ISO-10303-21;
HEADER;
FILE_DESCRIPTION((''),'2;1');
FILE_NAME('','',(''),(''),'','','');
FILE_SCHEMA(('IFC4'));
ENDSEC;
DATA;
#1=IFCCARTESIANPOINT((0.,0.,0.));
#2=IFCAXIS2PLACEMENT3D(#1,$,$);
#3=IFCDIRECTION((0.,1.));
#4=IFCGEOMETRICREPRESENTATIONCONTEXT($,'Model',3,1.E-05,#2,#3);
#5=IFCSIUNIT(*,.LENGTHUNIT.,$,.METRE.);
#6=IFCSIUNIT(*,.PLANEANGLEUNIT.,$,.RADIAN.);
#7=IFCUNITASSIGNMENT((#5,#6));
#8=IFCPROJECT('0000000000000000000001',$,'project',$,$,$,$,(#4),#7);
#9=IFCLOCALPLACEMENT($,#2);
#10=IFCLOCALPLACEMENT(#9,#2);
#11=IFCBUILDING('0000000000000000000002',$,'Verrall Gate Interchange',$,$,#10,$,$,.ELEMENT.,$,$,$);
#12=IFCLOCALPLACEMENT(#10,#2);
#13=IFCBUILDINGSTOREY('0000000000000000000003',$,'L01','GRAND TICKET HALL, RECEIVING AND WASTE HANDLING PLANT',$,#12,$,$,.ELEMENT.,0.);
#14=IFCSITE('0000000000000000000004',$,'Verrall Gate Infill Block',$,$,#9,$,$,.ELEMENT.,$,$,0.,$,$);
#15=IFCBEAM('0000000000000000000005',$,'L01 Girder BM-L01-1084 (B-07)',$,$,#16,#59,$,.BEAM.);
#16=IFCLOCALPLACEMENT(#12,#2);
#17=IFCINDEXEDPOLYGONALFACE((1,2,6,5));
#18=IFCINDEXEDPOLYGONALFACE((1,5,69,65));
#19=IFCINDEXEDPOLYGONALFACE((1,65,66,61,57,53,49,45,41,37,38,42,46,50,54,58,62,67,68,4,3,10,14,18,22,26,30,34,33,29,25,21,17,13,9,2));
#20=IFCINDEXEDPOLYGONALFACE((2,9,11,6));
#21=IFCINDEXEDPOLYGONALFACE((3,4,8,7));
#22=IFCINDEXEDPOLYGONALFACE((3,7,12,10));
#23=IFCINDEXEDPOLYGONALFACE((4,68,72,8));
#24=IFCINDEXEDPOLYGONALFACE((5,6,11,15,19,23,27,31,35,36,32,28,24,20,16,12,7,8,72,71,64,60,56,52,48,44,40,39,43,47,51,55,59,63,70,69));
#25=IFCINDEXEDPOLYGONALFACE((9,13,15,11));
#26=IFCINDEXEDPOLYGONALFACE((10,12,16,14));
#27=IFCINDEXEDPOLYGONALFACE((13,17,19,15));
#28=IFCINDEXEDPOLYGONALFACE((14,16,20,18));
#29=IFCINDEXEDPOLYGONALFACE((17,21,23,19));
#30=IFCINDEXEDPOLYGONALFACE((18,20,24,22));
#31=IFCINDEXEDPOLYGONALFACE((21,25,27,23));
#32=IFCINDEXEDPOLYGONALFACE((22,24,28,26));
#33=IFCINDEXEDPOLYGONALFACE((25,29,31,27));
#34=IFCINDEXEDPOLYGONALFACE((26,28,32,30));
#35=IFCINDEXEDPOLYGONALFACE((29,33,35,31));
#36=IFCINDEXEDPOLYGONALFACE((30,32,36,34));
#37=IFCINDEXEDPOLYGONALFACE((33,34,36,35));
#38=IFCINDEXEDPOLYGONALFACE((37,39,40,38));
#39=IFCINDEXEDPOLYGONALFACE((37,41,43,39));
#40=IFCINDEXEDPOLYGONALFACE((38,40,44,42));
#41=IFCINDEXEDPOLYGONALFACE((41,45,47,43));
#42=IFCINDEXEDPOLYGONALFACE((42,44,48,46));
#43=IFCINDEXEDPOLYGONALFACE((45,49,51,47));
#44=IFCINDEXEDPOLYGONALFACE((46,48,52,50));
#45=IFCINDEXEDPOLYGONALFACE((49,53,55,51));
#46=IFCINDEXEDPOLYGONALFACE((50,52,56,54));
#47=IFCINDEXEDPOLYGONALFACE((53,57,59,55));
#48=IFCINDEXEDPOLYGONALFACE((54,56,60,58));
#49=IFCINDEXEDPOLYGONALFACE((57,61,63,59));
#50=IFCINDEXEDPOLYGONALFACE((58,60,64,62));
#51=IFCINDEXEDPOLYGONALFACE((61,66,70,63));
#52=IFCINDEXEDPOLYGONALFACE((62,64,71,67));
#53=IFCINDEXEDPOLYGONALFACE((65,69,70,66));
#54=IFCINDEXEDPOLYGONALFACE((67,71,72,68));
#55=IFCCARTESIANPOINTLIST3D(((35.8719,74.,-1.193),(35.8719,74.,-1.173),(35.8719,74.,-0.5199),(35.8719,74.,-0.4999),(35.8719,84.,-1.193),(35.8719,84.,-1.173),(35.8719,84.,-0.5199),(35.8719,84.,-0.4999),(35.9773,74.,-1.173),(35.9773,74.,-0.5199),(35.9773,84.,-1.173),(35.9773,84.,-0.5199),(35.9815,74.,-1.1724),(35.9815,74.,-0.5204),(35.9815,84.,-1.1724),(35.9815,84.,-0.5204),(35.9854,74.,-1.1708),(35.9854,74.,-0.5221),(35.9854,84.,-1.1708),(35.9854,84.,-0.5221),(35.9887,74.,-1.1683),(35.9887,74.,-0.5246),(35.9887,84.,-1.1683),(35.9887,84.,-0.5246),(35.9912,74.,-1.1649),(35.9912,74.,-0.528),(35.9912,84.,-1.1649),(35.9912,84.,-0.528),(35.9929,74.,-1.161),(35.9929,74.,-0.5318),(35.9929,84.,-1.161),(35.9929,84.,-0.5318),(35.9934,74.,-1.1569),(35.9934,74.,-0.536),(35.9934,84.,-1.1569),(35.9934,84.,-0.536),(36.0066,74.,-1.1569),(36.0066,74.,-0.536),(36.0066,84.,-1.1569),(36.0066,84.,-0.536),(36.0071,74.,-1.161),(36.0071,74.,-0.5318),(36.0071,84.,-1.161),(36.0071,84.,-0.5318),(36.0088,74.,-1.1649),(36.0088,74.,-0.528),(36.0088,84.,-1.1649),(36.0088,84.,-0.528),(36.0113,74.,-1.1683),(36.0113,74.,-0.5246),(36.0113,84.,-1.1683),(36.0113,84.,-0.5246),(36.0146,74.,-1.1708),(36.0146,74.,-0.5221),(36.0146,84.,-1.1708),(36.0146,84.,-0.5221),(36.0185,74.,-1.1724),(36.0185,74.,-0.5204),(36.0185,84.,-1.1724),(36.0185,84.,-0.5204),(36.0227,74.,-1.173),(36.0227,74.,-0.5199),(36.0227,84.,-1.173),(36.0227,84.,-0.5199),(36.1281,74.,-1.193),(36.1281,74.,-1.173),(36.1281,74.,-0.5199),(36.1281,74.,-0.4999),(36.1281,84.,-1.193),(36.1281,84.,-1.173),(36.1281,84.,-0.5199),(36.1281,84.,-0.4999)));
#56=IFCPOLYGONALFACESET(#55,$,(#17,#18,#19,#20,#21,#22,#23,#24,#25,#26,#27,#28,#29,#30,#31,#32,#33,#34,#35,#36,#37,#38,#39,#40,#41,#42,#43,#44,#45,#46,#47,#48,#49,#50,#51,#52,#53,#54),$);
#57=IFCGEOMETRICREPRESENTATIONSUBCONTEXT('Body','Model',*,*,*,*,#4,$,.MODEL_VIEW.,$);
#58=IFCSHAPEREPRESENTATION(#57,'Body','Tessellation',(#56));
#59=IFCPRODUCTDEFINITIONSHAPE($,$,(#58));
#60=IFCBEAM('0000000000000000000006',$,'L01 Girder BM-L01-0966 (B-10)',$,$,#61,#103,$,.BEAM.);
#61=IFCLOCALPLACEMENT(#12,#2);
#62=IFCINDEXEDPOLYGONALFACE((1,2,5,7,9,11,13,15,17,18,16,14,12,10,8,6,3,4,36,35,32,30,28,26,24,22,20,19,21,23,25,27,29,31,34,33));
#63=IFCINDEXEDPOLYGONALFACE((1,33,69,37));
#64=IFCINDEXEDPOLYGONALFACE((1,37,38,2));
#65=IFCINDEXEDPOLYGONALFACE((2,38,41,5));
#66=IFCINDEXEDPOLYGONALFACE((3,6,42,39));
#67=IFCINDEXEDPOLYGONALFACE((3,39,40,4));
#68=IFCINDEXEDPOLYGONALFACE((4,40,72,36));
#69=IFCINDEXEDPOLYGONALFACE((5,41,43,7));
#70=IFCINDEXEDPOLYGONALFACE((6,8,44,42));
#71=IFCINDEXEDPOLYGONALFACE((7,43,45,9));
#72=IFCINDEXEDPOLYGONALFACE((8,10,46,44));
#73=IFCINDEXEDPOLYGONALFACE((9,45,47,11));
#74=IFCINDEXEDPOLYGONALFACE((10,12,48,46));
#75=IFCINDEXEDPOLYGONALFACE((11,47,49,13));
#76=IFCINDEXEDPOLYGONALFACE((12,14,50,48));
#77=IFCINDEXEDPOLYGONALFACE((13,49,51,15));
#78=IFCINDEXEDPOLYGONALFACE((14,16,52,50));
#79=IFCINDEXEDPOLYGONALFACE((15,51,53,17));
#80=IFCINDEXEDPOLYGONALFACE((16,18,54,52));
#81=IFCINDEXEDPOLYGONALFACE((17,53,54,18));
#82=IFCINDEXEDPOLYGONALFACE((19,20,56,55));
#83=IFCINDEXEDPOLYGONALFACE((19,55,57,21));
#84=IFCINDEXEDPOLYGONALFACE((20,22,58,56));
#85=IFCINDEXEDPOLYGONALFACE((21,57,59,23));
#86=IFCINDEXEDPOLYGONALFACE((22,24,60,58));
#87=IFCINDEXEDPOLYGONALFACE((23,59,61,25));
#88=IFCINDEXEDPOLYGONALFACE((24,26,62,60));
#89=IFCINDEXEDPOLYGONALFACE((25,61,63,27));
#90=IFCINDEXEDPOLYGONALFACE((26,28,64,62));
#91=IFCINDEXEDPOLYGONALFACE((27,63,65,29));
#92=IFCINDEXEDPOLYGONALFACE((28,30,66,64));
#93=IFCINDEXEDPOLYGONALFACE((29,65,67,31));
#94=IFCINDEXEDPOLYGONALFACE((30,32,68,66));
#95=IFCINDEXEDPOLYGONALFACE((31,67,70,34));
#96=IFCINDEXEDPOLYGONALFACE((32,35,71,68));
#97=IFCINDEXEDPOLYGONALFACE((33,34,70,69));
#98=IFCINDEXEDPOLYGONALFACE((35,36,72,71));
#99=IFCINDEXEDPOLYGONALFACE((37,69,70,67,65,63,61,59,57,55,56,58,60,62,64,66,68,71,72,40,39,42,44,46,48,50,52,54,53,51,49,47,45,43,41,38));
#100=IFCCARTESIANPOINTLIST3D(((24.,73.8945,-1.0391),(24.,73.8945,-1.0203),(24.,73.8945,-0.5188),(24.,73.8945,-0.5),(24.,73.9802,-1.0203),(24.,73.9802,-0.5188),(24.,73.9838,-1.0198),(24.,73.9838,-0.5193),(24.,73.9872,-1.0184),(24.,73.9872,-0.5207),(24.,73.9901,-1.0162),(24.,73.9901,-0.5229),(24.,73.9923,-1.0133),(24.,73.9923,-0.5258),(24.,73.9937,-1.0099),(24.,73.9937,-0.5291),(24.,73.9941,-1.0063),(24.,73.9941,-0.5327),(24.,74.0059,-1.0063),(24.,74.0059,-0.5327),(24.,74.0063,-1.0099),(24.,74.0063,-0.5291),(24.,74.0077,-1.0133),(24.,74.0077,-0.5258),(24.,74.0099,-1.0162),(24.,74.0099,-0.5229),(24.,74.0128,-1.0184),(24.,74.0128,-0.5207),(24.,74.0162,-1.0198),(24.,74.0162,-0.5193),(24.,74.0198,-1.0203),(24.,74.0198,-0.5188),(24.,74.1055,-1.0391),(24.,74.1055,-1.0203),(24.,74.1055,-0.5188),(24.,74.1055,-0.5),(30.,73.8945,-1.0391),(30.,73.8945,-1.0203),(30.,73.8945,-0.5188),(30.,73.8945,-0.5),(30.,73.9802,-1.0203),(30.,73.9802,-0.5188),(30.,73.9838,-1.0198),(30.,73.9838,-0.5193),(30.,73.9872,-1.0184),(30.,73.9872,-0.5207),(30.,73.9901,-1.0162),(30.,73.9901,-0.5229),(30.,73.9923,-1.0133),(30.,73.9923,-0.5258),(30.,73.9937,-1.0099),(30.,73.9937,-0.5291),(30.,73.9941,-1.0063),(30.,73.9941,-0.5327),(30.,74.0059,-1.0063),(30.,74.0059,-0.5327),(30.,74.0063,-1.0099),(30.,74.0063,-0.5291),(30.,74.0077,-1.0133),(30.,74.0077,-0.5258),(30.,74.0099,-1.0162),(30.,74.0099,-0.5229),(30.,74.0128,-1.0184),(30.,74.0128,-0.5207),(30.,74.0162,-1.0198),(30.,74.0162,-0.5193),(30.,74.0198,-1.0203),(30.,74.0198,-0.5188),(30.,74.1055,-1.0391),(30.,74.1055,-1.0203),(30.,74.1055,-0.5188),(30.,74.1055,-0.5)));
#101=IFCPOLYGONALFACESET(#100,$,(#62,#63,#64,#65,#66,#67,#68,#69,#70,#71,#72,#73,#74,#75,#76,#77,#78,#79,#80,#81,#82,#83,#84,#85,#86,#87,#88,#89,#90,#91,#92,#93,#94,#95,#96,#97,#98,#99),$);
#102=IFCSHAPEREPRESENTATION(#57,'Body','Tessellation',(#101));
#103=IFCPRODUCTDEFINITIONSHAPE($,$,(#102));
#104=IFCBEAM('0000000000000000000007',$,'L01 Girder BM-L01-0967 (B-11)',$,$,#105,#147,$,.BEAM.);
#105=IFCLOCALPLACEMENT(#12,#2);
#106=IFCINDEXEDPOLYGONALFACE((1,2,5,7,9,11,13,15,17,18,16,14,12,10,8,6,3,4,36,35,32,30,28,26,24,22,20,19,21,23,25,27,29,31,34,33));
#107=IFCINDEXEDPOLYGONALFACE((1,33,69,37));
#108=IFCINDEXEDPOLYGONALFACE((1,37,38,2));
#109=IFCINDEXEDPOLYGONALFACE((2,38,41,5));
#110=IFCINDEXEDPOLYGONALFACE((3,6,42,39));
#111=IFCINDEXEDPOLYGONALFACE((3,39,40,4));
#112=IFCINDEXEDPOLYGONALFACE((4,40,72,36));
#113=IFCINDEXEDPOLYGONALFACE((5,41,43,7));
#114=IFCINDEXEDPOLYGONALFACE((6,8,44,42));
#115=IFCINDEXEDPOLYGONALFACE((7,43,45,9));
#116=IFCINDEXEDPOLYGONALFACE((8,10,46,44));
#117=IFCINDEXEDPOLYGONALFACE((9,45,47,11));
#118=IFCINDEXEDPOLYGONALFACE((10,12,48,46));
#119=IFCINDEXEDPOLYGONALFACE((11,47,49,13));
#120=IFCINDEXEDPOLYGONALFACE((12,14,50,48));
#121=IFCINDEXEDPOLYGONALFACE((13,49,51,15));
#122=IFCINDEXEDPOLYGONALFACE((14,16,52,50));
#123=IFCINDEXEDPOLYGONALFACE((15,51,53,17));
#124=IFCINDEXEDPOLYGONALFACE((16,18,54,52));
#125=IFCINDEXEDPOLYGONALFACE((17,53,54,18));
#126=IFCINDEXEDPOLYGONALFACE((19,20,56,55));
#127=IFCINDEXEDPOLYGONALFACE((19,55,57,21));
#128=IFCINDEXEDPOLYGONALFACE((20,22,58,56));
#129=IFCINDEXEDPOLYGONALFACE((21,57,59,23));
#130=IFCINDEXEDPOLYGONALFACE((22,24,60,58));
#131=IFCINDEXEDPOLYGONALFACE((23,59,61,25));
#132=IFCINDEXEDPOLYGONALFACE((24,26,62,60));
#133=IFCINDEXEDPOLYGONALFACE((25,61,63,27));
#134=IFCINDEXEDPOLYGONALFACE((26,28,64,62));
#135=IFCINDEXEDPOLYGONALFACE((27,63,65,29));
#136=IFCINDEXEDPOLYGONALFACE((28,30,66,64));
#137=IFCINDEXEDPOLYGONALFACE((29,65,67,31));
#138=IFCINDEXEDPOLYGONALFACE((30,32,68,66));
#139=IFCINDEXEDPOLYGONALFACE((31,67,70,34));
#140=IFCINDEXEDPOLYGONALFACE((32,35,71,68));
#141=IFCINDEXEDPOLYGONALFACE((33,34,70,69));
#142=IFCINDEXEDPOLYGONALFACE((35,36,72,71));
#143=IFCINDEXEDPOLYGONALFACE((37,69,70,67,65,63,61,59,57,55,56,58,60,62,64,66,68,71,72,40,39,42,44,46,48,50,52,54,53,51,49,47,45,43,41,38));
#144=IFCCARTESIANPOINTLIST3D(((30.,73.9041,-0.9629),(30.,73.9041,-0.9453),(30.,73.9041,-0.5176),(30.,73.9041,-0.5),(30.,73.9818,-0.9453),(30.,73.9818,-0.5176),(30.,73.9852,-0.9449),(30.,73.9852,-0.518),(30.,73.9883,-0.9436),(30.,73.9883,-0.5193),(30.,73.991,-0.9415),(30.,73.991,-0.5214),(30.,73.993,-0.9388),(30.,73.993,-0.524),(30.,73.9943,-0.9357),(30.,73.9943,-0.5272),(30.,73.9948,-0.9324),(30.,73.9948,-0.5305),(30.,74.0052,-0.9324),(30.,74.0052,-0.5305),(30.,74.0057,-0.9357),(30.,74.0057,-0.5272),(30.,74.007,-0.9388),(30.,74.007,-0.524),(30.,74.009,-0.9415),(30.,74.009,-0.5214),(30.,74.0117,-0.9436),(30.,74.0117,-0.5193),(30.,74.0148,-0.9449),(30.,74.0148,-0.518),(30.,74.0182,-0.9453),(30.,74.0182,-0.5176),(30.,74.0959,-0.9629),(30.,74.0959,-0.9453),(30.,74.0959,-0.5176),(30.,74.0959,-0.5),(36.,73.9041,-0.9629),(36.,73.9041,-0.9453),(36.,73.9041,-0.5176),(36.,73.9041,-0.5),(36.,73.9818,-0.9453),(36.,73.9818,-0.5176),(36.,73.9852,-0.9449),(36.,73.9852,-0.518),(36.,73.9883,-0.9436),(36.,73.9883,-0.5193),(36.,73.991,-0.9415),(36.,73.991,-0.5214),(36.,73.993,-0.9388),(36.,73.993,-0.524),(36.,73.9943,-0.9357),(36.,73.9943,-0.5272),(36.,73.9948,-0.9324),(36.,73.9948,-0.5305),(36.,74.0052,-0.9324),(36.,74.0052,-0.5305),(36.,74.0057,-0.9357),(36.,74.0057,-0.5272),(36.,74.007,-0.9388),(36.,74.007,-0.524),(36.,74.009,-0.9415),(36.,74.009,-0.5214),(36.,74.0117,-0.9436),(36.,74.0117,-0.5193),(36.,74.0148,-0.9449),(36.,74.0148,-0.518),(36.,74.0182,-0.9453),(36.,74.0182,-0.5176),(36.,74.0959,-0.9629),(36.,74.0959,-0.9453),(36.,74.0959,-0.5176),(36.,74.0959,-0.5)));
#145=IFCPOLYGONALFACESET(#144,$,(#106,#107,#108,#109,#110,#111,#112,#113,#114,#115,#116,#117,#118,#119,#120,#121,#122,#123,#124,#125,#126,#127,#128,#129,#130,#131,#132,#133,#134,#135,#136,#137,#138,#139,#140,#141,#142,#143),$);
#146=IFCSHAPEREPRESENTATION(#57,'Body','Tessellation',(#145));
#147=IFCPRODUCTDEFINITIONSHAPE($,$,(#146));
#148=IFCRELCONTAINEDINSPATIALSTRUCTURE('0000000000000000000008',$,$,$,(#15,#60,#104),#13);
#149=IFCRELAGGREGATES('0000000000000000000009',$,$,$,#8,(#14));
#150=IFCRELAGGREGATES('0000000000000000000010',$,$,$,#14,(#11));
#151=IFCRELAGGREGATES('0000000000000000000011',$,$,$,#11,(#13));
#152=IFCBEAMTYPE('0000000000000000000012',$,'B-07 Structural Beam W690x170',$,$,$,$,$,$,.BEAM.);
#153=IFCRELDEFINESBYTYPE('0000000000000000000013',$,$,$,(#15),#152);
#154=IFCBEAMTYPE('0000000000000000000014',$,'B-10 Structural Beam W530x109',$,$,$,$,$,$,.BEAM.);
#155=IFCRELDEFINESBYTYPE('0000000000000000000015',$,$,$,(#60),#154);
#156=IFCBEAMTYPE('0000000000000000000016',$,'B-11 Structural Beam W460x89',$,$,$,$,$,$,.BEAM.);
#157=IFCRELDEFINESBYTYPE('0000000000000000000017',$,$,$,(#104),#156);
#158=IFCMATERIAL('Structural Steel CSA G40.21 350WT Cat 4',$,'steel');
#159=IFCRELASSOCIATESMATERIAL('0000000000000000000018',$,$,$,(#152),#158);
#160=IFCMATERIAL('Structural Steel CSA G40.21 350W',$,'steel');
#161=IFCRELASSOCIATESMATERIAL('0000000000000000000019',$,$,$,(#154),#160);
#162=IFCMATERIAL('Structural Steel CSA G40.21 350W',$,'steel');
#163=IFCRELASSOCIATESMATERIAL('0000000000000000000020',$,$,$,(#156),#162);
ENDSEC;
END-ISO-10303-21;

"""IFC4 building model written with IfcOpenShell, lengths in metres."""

from ifc_helpers import new_model, si_unit, direction, frame, origin, origin_2d, place, context, subcontext, project, spatial, i_section, extrude, material, material_profile, profile_set, type_object, element, save


model = new_model("IFC4")

# Units and contexts
model_context = context("Model", 3, precision=1e-05, world=origin(), true_north=direction((0.0, 1.0)))
body_context = subcontext(model_context, "Body", "Model", "MODEL_VIEW")
ifc_project = project(units=[si_unit("LENGTHUNIT", "METRE"), si_unit("PLANEANGLEUNIT", "RADIAN")], contexts=[model_context])

# Site, building, storey
site_placement = place(None, origin())
site = spatial("IfcSite", under=ifc_project, at=site_placement, Name="Verrall Gate Infill Block", CompositionType="ELEMENT", RefElevation=0.0)
building_placement = place(site_placement, origin())
building = spatial("IfcBuilding", under=site, at=building_placement, Name="Verrall Gate Interchange", CompositionType="ELEMENT")
storey_placement = place(building_placement, origin())
storey = spatial("IfcBuildingStorey", under=building, at=storey_placement, Name="L01", Description="GRAND TICKET HALL, RECEIVING AND WASTE HANDLING PLANT", CompositionType="ELEMENT", Elevation=0.0)

# Beams
ifc_material_1 = material(Name="Structural Steel CSA G40.21 350WT Cat 4", Category="steel")
ifc_material_profile_1 = material_profile(ifc_material_1, i_section(OverallWidth=0.2561, OverallDepth=0.6931, WebThickness=0.0132, FlangeThickness=0.02, FilletRadius=0.0161, at=origin_2d()), Name="W690x170")
ifc_profile_set_1 = profile_set([ifc_material_profile_1], Name="Structural Steel CSA G40.21 350WT Cat 4")
beam_type_1 = type_object("IfcBeamType", Name="B-07 Structural Beam W690x170", PredefinedType="BEAM", material=ifc_profile_set_1)
for number, where, z_axis, x_axis, name in (
    (1, (36.0, 74.0, -0.8464), (0.0, 1.0, 0.0), (-1.0, 0.0, 0.0), "L01 Girder BM-L01-1084 (B-07)"),
):
    element("IfcBeam", number, at=place(storey_placement, frame(where, z_axis=z_axis, x_axis=x_axis)), inside=storey, type_object=beam_type_1, Name=name, PredefinedType="BEAM", context=body_context, shape_type="SweptSolid", body=[
        extrude(i_section(OverallWidth=0.2561, OverallDepth=0.6931, WebThickness=0.0132, FlangeThickness=0.02, FilletRadius=0.0161, at=origin_2d()), origin(), (0.0, 0.0, 1.0), 10.0),
    ])
ifc_material_2 = material(Name="Structural Steel CSA G40.21 350W", Category="steel")
ifc_material_profile_2 = material_profile(ifc_material_2, i_section(OverallWidth=0.2109, OverallDepth=0.5391, WebThickness=0.0117, FlangeThickness=0.0188, FilletRadius=0.0139, at=origin_2d()), Name="W530x109")
ifc_profile_set_2 = profile_set([ifc_material_profile_2], Name="Structural Steel CSA G40.21 350W")
beam_type_2 = type_object("IfcBeamType", Name="B-10 Structural Beam W530x109", PredefinedType="BEAM", material=ifc_profile_set_2)
beam_1_placement = place(storey_placement, frame((24.0, 74.0, -0.7695), z_axis=(1.0, 0.0, 0.0), x_axis=(0.0, 1.0, 0.0)))
element("IfcBeam", 2, at=beam_1_placement, inside=storey, type_object=beam_type_2, Name="L01 Girder BM-L01-0966 (B-10)", PredefinedType="BEAM", context=body_context, shape_type="SweptSolid", body=[
    extrude(i_section(OverallWidth=0.2109, OverallDepth=0.5391, WebThickness=0.0117, FlangeThickness=0.0188, FilletRadius=0.0139, at=origin_2d()), origin(), (0.0, 0.0, 1.0), 6.0),
])
ifc_material_3 = material(Name="Structural Steel CSA G40.21 350W", Category="steel")
ifc_material_profile_3 = material_profile(ifc_material_3, i_section(OverallWidth=0.1919, OverallDepth=0.4629, WebThickness=0.0105, FlangeThickness=0.0176, FilletRadius=0.0129, at=origin_2d()), Name="W460x89")
ifc_profile_set_3 = profile_set([ifc_material_profile_3], Name="Structural Steel CSA G40.21 350W")
beam_type_3 = type_object("IfcBeamType", Name="B-11 Structural Beam W460x89", PredefinedType="BEAM", material=ifc_profile_set_3)
beam_2_placement = place(storey_placement, frame((30.0, 74.0, -0.7314), z_axis=(1.0, 0.0, 0.0), x_axis=(0.0, 1.0, 0.0)))
element("IfcBeam", 3, at=beam_2_placement, inside=storey, type_object=beam_type_3, Name="L01 Girder BM-L01-0967 (B-11)", PredefinedType="BEAM", context=body_context, shape_type="SweptSolid", body=[
    extrude(i_section(OverallWidth=0.1919, OverallDepth=0.4629, WebThickness=0.0105, FlangeThickness=0.0176, FilletRadius=0.0129, at=origin_2d()), origin(), (0.0, 0.0, 1.0), 6.0),
])

save(model, "model.ifc")
